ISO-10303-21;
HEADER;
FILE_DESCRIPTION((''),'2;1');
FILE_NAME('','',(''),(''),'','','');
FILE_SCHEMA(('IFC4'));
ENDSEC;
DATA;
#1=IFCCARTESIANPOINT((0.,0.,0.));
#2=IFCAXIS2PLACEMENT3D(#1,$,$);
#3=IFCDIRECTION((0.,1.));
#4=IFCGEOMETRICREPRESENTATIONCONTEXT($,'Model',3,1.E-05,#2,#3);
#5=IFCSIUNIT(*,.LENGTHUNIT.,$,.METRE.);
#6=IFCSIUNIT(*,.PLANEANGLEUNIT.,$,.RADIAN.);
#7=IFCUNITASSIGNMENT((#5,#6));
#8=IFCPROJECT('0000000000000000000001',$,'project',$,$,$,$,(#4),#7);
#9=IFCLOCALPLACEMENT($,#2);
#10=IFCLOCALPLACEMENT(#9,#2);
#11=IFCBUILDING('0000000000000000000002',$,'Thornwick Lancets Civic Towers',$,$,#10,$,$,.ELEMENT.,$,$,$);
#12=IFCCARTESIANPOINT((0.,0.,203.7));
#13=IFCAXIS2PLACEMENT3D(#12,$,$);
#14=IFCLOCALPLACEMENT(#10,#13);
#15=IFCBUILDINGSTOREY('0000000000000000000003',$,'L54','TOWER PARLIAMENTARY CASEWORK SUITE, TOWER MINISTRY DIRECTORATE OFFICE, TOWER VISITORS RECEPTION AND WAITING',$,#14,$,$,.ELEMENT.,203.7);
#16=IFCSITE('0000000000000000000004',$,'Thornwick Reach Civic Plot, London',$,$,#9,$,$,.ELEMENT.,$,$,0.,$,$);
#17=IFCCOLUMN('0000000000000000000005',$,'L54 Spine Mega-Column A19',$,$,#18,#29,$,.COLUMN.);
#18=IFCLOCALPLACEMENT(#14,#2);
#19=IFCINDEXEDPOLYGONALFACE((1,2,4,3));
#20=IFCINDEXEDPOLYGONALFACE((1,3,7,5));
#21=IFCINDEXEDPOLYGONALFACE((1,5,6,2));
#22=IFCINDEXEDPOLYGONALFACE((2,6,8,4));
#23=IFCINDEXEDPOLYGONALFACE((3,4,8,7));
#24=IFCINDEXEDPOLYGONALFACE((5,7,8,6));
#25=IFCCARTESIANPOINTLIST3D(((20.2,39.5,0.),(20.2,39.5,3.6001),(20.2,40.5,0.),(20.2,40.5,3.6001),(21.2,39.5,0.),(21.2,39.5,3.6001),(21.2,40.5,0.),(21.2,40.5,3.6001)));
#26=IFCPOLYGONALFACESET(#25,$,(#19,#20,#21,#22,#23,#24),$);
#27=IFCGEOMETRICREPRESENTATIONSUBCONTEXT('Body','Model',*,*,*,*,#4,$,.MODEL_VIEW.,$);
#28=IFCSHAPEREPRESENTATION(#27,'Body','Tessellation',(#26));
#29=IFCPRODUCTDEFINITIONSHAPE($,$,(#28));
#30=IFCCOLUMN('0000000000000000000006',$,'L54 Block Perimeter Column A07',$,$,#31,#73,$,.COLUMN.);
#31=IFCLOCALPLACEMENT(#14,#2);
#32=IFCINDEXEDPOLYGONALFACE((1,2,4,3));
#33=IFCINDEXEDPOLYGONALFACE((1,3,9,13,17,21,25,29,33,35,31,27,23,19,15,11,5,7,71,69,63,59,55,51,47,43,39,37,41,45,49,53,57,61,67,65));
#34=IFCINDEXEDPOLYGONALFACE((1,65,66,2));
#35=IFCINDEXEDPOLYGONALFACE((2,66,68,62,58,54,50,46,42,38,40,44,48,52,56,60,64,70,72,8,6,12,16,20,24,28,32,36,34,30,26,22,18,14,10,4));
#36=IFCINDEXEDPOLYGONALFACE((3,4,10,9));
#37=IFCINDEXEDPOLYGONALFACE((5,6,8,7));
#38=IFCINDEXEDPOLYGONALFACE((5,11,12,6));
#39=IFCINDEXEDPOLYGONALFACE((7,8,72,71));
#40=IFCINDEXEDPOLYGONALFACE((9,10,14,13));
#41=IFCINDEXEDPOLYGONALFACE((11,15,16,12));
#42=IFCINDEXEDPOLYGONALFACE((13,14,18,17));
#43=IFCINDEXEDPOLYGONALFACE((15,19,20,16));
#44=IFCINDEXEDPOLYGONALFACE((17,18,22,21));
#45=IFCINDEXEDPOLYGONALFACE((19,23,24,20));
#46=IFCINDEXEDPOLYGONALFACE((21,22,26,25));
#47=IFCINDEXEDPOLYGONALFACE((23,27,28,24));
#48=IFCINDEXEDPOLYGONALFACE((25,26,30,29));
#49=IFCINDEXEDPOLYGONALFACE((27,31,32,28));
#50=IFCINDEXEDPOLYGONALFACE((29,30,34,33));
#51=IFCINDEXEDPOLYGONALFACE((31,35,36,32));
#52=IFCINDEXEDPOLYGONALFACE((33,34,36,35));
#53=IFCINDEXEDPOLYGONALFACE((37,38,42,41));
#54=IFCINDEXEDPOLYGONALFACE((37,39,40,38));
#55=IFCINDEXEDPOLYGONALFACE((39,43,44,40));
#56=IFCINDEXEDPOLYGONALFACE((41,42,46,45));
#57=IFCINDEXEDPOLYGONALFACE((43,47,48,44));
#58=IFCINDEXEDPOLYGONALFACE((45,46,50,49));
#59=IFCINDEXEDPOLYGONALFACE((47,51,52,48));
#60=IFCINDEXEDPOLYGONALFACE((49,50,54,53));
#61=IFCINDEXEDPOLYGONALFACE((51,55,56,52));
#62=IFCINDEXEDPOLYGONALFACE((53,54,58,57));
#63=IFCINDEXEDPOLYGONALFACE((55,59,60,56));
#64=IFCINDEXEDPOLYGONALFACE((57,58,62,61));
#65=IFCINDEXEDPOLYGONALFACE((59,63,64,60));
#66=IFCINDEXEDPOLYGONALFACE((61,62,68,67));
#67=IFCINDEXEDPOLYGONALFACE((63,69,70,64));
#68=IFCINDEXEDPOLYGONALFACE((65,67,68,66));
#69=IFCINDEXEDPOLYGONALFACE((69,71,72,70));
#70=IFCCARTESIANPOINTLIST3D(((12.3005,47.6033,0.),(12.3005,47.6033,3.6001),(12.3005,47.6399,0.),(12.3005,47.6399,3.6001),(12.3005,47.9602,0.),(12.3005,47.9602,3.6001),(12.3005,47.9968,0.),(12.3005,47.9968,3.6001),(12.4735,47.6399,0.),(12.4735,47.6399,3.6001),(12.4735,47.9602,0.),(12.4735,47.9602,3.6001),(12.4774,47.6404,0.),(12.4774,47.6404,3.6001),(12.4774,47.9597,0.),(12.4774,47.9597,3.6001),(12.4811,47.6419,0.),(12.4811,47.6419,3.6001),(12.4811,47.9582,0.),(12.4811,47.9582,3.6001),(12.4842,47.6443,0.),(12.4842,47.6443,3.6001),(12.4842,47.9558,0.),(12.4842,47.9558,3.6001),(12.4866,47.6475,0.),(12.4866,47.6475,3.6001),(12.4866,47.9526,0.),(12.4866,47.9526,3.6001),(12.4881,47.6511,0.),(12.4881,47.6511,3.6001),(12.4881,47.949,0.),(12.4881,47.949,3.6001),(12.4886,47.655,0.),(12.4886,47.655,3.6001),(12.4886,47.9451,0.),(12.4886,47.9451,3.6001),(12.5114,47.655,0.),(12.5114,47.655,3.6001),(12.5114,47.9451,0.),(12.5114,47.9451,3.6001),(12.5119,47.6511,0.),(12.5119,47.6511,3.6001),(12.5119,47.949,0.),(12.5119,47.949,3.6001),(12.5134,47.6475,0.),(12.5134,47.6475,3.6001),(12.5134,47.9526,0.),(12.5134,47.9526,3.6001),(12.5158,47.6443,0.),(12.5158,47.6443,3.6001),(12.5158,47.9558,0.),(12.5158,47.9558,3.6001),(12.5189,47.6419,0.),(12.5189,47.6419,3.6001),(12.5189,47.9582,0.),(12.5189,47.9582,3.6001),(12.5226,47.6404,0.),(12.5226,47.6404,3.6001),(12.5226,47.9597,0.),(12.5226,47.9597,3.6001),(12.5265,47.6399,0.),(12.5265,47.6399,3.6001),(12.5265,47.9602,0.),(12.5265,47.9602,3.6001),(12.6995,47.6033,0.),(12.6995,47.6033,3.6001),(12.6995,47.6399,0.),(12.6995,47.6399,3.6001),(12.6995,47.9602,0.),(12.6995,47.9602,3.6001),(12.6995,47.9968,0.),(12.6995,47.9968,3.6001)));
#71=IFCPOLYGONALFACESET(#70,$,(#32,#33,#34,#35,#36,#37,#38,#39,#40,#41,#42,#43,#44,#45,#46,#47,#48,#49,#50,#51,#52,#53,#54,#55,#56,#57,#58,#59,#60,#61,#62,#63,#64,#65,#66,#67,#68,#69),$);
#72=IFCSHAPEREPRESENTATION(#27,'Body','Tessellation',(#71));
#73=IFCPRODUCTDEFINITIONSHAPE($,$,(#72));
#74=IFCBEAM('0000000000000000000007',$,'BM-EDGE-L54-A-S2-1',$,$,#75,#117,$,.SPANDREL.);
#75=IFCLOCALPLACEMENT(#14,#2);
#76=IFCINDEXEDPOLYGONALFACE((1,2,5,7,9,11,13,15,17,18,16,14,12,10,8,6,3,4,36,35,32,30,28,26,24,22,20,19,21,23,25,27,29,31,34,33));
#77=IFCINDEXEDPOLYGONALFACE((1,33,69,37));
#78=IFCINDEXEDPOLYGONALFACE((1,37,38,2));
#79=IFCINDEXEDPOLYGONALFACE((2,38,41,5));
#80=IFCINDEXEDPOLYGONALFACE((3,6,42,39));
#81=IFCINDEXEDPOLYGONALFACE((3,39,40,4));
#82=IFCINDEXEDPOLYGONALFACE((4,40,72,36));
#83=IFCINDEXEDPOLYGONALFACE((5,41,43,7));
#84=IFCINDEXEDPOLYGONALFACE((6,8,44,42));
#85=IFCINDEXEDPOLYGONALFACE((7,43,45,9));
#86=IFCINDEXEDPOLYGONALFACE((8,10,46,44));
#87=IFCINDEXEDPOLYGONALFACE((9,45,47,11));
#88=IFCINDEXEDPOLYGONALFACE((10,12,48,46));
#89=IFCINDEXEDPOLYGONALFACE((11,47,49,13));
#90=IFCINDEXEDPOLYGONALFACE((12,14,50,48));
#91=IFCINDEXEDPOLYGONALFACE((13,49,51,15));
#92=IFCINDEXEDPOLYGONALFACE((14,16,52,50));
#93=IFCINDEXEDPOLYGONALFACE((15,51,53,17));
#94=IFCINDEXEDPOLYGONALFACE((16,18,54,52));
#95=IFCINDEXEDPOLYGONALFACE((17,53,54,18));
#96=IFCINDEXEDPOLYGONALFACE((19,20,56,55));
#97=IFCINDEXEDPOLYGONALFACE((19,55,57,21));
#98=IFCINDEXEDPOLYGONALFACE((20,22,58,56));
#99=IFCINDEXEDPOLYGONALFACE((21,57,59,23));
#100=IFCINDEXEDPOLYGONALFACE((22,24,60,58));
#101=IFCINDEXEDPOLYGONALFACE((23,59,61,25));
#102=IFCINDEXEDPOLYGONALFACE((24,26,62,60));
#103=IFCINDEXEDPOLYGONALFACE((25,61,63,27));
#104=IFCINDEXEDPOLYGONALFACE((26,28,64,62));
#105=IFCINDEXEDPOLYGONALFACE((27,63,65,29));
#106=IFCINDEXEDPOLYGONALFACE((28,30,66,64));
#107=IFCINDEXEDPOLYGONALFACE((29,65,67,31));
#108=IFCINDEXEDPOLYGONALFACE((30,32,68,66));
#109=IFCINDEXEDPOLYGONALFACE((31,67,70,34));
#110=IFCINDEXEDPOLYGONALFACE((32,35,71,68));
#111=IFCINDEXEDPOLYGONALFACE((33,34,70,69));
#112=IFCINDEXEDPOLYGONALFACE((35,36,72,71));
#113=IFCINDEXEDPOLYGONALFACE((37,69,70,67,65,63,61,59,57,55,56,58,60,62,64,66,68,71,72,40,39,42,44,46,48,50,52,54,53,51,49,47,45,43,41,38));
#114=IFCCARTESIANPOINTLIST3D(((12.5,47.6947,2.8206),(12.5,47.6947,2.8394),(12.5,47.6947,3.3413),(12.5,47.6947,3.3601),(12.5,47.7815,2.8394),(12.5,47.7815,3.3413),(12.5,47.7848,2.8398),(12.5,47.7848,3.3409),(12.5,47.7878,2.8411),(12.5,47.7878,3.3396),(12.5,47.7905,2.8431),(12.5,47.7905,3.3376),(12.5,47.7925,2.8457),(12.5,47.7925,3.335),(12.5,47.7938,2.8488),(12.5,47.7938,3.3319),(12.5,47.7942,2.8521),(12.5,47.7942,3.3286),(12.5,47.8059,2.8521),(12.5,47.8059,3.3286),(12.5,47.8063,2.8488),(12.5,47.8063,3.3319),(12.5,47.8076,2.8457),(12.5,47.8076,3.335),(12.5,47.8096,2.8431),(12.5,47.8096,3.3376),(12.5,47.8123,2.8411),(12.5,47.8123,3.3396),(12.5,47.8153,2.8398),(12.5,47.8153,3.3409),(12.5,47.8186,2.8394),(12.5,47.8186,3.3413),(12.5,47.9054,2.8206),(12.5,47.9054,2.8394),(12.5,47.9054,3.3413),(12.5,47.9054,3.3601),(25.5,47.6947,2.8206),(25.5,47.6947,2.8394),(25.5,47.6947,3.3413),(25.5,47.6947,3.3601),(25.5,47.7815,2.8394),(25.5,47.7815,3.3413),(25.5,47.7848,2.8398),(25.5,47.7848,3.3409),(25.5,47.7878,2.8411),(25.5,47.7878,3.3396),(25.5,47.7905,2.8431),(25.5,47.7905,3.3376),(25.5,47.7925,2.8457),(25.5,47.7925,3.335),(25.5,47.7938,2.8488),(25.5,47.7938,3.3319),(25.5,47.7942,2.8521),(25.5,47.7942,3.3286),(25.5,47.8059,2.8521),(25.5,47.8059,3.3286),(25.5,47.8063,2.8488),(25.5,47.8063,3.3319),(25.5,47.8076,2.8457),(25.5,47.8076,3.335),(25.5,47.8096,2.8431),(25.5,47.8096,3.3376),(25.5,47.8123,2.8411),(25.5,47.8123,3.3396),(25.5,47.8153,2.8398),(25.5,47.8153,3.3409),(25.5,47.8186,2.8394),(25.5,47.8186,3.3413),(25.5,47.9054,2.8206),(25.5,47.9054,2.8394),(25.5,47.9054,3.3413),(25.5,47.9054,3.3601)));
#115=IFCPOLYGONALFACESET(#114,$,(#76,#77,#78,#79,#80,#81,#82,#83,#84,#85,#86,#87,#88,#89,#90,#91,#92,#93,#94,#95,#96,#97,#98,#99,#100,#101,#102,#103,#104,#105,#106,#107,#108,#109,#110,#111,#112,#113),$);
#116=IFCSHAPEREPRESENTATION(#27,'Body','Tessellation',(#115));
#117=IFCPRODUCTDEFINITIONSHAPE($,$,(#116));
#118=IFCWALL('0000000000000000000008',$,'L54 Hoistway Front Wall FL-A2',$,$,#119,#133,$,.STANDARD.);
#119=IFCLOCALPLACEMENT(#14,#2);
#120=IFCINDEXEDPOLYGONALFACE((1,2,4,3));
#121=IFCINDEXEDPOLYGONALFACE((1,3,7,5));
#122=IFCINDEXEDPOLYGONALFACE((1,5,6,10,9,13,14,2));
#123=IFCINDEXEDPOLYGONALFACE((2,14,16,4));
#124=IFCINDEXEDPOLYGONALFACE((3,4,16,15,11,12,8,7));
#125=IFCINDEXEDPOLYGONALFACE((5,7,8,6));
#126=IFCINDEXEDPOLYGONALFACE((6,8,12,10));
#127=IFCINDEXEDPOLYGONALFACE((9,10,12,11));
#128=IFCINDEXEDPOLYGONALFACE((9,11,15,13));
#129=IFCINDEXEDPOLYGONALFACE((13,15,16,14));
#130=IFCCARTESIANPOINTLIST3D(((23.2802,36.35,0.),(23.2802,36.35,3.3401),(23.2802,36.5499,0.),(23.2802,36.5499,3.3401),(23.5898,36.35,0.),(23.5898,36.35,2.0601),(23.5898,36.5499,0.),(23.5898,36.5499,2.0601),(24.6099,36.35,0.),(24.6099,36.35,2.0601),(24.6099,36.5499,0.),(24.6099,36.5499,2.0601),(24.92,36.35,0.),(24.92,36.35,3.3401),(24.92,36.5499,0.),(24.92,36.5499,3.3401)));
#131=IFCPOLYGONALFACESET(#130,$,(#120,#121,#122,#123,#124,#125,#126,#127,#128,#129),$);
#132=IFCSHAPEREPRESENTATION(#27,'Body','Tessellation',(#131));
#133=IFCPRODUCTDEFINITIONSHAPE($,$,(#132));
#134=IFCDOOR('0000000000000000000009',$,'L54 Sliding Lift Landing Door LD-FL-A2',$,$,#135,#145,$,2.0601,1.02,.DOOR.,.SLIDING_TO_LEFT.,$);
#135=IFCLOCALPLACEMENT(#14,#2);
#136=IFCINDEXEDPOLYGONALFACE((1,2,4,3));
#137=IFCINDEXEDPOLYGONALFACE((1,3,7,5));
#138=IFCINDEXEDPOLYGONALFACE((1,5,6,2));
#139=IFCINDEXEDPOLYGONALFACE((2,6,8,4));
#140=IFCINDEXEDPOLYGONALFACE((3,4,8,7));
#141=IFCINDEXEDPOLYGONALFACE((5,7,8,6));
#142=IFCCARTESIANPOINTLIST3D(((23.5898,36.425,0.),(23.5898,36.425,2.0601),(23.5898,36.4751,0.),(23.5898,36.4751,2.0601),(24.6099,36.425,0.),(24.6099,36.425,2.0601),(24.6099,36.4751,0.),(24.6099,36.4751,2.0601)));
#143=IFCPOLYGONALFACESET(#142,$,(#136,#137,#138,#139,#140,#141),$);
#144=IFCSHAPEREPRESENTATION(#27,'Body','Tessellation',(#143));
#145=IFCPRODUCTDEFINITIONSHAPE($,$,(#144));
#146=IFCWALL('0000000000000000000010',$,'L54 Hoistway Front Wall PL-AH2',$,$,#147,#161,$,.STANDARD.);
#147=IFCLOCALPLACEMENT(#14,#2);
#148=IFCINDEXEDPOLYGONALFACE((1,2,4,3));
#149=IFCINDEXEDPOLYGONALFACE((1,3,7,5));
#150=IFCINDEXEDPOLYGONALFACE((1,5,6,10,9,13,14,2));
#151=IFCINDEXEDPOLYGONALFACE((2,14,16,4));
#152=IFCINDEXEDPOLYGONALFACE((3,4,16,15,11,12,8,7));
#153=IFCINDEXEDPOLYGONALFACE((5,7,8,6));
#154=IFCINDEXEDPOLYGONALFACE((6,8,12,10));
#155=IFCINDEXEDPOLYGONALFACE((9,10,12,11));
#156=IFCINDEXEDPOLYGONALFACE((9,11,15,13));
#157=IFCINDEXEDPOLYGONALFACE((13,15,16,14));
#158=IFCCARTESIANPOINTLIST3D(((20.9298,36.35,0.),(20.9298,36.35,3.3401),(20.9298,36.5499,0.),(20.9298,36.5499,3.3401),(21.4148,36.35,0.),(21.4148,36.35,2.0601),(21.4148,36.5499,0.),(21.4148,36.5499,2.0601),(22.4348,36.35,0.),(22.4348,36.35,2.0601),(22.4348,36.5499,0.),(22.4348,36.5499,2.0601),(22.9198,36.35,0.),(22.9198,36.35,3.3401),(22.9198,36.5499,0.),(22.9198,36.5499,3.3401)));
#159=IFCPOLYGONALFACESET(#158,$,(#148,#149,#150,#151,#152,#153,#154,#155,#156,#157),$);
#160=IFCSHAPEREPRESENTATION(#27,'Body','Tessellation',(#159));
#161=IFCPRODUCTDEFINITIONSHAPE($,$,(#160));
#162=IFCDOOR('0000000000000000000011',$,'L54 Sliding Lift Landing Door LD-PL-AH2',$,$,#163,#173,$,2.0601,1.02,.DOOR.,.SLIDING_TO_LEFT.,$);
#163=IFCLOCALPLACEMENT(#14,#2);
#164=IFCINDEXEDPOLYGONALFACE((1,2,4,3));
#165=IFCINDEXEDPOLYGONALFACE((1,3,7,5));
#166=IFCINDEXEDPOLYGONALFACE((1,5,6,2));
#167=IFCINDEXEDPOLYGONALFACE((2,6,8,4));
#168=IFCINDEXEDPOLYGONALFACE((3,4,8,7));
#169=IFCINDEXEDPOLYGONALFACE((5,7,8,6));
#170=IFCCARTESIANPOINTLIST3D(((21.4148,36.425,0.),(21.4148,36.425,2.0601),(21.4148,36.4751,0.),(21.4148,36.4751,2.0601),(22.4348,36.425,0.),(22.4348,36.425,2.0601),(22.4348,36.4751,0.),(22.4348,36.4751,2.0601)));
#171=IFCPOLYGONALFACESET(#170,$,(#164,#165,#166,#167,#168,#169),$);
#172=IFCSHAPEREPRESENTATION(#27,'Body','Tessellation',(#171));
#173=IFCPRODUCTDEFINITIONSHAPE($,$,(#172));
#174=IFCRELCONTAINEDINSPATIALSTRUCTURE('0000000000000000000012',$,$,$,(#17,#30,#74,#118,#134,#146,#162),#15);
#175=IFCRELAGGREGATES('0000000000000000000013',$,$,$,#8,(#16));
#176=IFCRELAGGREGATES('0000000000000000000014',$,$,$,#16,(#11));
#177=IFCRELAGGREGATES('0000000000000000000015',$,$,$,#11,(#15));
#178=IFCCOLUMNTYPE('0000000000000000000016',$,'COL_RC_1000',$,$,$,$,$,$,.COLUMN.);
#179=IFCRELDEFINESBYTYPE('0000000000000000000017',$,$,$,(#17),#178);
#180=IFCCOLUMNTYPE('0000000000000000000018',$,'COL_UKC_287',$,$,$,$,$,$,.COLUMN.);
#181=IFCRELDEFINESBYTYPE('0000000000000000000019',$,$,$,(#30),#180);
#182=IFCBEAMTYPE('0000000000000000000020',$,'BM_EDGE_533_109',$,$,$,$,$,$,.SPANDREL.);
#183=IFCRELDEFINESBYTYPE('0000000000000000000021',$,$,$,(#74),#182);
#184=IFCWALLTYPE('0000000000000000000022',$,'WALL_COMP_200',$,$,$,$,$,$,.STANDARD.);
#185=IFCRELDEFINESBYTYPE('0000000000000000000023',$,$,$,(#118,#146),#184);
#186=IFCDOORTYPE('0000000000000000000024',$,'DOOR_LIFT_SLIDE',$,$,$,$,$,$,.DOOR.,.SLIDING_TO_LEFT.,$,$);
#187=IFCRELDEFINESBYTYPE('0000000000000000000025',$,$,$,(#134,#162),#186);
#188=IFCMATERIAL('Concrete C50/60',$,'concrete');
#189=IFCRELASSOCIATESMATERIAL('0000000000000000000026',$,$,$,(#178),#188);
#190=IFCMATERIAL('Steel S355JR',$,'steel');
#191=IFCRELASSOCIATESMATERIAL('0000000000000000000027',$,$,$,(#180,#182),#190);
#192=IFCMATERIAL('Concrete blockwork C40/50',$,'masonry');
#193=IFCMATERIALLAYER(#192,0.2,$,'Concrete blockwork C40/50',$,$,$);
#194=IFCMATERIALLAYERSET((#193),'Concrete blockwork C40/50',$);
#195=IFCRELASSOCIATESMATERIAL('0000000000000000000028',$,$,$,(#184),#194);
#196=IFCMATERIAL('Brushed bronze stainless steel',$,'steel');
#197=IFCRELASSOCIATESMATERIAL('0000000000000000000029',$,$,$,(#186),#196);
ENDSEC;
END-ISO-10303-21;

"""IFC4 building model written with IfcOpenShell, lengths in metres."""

from ifc_helpers import new_model, si_unit, direction, frame, frame_2d, origin, origin_2d, place, context, subcontext, project, spatial, rectangle, i_section, extrude, material, layer, layer_set, material_profile, profile_set, type_object, element, fill, save


model = new_model("IFC4")

# Units and contexts
model_context = context("Model", 3, precision=1e-05, world=origin(), true_north=direction((0.0, 1.0)))
body_context = subcontext(model_context, "Body", "Model", "MODEL_VIEW")
ifc_project = project(units=[si_unit("LENGTHUNIT", "METRE"), si_unit("PLANEANGLEUNIT", "RADIAN")], contexts=[model_context])

# Site, building, storey
site_placement = place(None, origin())
site = spatial("IfcSite", under=ifc_project, at=site_placement, Name="Thornwick Reach Civic Plot, London", CompositionType="ELEMENT", RefElevation=0.0)
building_placement = place(site_placement, origin())
building = spatial("IfcBuilding", under=site, at=building_placement, Name="Thornwick Lancets Civic Towers", CompositionType="ELEMENT")
storey_placement = place(building_placement, frame((0.0, 0.0, 203.7)))
storey = spatial("IfcBuildingStorey", under=building, at=storey_placement, Name="L54", Description="TOWER PARLIAMENTARY CASEWORK SUITE, TOWER MINISTRY DIRECTORATE OFFICE, TOWER VISITORS RECEPTION AND WAITING", CompositionType="ELEMENT", Elevation=203.7)

# Columns
ifc_material_1 = material(Name="Concrete C50/60", Category="concrete")
ifc_material_profile_1 = material_profile(ifc_material_1, rectangle(XDim=1.0, YDim=1.0, at=origin_2d()), Name="RC 1000x1000")
ifc_profile_set_1 = profile_set([ifc_material_profile_1], Name="Concrete C50/60")
column_type_1 = type_object("IfcColumnType", Name="COL_RC_1000", PredefinedType="COLUMN", material=ifc_profile_set_1)
column_1_placement = place(storey_placement, frame((20.7, 40.0, 0.0), z_axis=(0.0, 0.0, 1.0), x_axis=(1.0, 0.0, 0.0)))
element("IfcColumn", 1, at=column_1_placement, inside=storey, type_object=column_type_1, Name="L54 Spine Mega-Column A19", PredefinedType="COLUMN", context=body_context, shape_type="SweptSolid", body=[
    extrude(rectangle(XDim=1.0, YDim=1.0, at=origin_2d()), origin(), (0.0, 0.0, 1.0), 3.6001),
])
ifc_material_2 = material(Name="Steel S355JR", Category="steel")
ifc_material_profile_2 = material_profile(ifc_material_2, i_section(OverallWidth=0.3989, OverallDepth=0.3936, WebThickness=0.0227, FlangeThickness=0.0366, FilletRadius=0.0151, at=origin_2d()), Name="UKC 356x406x287")
ifc_profile_set_2 = profile_set([ifc_material_profile_2], Name="Steel S355JR")
column_type_2 = type_object("IfcColumnType", Name="COL_UKC_287", PredefinedType="COLUMN", material=ifc_profile_set_2)
column_2_placement = place(storey_placement, frame((12.5, 47.8, 0.0), z_axis=(0.0, 0.0, 1.0), x_axis=(1.0, 0.0, 0.0)))
element("IfcColumn", 2, at=column_2_placement, inside=storey, type_object=column_type_2, Name="L54 Block Perimeter Column A07", PredefinedType="COLUMN", context=body_context, shape_type="SweptSolid", body=[
    extrude(i_section(OverallWidth=0.3989, OverallDepth=0.3936, WebThickness=0.0227, FlangeThickness=0.0366, FilletRadius=0.0151, at=origin_2d()), origin(), (0.0, 0.0, 1.0), 3.6001),
])

# Beam
ifc_material_profile_3 = material_profile(ifc_material_2, i_section(OverallWidth=0.2107, OverallDepth=0.5396, WebThickness=0.0117, FlangeThickness=0.0188, FilletRadius=0.0127, at=origin_2d()), Name="UKB 533x210x109")
ifc_profile_set_3 = profile_set([ifc_material_profile_3], Name="Steel S355JR")
beam_type = type_object("IfcBeamType", Name="BM_EDGE_533_109", PredefinedType="SPANDREL", material=ifc_profile_set_3)
beam_placement = place(storey_placement, frame((12.5, 47.8, 3.0903), z_axis=(1.0, 0.0, 0.0), x_axis=(0.0, 1.0, 0.0)))
element("IfcBeam", 3, at=beam_placement, inside=storey, type_object=beam_type, Name="BM-EDGE-L54-A-S2-1", PredefinedType="SPANDREL", context=body_context, shape_type="SweptSolid", body=[
    extrude(i_section(OverallWidth=0.2107, OverallDepth=0.5396, WebThickness=0.0117, FlangeThickness=0.0188, FilletRadius=0.0127, at=origin_2d()), origin(), (0.0, 0.0, 1.0), 13.0),
])

# Walls, openings, doors
ifc_material_3 = material(Name="Concrete blockwork C40/50", Category="masonry")
ifc_layer_1 = layer(ifc_material_3, 0.2, Name="Concrete blockwork C40/50")
ifc_layer_set_1 = layer_set([ifc_layer_1], Name="Concrete blockwork C40/50")
wall_type_1 = type_object("IfcWallType", Name="WALL_COMP_200", PredefinedType="STANDARD", material=ifc_layer_set_1)
wall_1_placement = place(storey_placement, frame((24.9199, 36.45, 0.0), z_axis=(0.0, 0.0, 1.0), x_axis=(-1.0, 0.0, 0.0)))
wall_1 = element("IfcWall", 4, at=wall_1_placement, inside=storey, type_object=wall_type_1, Name="L54 Hoistway Front Wall FL-A2", PredefinedType="STANDARD", context=body_context, shape_type="SweptSolid", body=[
    extrude(rectangle(XDim=1.6399, YDim=0.2, at=frame_2d((0.8198, 0.0))), origin(), (0.0, 0.0, 1.0), 3.3401),
])
opening_1_placement = place(wall_1_placement, frame((0.3101, 0.0, 0.0)))
opening_1 = element("IfcOpeningElement", 5, at=opening_1_placement, cuts=wall_1, PredefinedType="OPENING", context=body_context, shape_type="SweptSolid", body=[
    extrude(rectangle(XDim=1.02, YDim=2.0601, at=frame_2d((0.51, 1.03))), frame((0.0, 0.1099, 0.0), z_axis=(0.0, -1.0, 0.0), x_axis=(1.0, 0.0, 0.0)), (0.0, 0.0, 1.0), 0.22),
])
ifc_material_4 = material(Name="Brushed bronze stainless steel", Category="steel")
door_type = type_object("IfcDoorType", Name="DOOR_LIFT_SLIDE", OperationType="SLIDING_TO_LEFT", PredefinedType="DOOR", material=ifc_material_4)
door_1_placement = place(opening_1_placement, origin())
door_1 = element("IfcDoor", 6, at=door_1_placement, inside=storey, type_object=door_type, Name="L54 Sliding Lift Landing Door LD-FL-A2", OperationType="SLIDING_TO_LEFT", OverallHeight=2.0601, OverallWidth=1.02, PredefinedType="DOOR", context=body_context, shape_type="SweptSolid", body=[
    extrude(rectangle(XDim=1.02, YDim=2.0601, at=frame_2d((0.51, 1.03))), frame((0.0, 0.0249, 0.0), z_axis=(0.0, -1.0, 0.0), x_axis=(1.0, 0.0, 0.0)), (0.0, 0.0, 1.0), 0.05),
])
fill(opening_1, door_1)
wall_2_placement = place(storey_placement, frame((22.9199, 36.45, 0.0), z_axis=(0.0, 0.0, 1.0), x_axis=(-1.0, 0.0, 0.0)))
wall_2 = element("IfcWall", 7, at=wall_2_placement, inside=storey, type_object=wall_type_1, Name="L54 Hoistway Front Wall PL-AH2", PredefinedType="STANDARD", context=body_context, shape_type="SweptSolid", body=[
    extrude(rectangle(XDim=1.99, YDim=0.2, at=frame_2d((0.9951, 0.0))), origin(), (0.0, 0.0, 1.0), 3.3401),
])
opening_2_placement = place(wall_2_placement, frame((0.4851, 0.0, 0.0)))
opening_2 = element("IfcOpeningElement", 8, at=opening_2_placement, cuts=wall_2, PredefinedType="OPENING", context=body_context, shape_type="SweptSolid", body=[
    extrude(rectangle(XDim=1.02, YDim=2.0601, at=frame_2d((0.51, 1.03))), frame((0.0, 0.1099, 0.0), z_axis=(0.0, -1.0, 0.0), x_axis=(1.0, 0.0, 0.0)), (0.0, 0.0, 1.0), 0.22),
])
door_2_placement = place(opening_2_placement, origin())
door_2 = element("IfcDoor", 9, at=door_2_placement, inside=storey, type_object=door_type, Name="L54 Sliding Lift Landing Door LD-PL-AH2", OperationType="SLIDING_TO_LEFT", OverallHeight=2.0601, OverallWidth=1.02, PredefinedType="DOOR", context=body_context, shape_type="SweptSolid", body=[
    extrude(rectangle(XDim=1.02, YDim=2.0601, at=frame_2d((0.51, 1.03))), frame((0.0, 0.0249, 0.0), z_axis=(0.0, -1.0, 0.0), x_axis=(1.0, 0.0, 0.0)), (0.0, 0.0, 1.0), 0.05),
])
fill(opening_2, door_2)

save(model, "model.ifc")
